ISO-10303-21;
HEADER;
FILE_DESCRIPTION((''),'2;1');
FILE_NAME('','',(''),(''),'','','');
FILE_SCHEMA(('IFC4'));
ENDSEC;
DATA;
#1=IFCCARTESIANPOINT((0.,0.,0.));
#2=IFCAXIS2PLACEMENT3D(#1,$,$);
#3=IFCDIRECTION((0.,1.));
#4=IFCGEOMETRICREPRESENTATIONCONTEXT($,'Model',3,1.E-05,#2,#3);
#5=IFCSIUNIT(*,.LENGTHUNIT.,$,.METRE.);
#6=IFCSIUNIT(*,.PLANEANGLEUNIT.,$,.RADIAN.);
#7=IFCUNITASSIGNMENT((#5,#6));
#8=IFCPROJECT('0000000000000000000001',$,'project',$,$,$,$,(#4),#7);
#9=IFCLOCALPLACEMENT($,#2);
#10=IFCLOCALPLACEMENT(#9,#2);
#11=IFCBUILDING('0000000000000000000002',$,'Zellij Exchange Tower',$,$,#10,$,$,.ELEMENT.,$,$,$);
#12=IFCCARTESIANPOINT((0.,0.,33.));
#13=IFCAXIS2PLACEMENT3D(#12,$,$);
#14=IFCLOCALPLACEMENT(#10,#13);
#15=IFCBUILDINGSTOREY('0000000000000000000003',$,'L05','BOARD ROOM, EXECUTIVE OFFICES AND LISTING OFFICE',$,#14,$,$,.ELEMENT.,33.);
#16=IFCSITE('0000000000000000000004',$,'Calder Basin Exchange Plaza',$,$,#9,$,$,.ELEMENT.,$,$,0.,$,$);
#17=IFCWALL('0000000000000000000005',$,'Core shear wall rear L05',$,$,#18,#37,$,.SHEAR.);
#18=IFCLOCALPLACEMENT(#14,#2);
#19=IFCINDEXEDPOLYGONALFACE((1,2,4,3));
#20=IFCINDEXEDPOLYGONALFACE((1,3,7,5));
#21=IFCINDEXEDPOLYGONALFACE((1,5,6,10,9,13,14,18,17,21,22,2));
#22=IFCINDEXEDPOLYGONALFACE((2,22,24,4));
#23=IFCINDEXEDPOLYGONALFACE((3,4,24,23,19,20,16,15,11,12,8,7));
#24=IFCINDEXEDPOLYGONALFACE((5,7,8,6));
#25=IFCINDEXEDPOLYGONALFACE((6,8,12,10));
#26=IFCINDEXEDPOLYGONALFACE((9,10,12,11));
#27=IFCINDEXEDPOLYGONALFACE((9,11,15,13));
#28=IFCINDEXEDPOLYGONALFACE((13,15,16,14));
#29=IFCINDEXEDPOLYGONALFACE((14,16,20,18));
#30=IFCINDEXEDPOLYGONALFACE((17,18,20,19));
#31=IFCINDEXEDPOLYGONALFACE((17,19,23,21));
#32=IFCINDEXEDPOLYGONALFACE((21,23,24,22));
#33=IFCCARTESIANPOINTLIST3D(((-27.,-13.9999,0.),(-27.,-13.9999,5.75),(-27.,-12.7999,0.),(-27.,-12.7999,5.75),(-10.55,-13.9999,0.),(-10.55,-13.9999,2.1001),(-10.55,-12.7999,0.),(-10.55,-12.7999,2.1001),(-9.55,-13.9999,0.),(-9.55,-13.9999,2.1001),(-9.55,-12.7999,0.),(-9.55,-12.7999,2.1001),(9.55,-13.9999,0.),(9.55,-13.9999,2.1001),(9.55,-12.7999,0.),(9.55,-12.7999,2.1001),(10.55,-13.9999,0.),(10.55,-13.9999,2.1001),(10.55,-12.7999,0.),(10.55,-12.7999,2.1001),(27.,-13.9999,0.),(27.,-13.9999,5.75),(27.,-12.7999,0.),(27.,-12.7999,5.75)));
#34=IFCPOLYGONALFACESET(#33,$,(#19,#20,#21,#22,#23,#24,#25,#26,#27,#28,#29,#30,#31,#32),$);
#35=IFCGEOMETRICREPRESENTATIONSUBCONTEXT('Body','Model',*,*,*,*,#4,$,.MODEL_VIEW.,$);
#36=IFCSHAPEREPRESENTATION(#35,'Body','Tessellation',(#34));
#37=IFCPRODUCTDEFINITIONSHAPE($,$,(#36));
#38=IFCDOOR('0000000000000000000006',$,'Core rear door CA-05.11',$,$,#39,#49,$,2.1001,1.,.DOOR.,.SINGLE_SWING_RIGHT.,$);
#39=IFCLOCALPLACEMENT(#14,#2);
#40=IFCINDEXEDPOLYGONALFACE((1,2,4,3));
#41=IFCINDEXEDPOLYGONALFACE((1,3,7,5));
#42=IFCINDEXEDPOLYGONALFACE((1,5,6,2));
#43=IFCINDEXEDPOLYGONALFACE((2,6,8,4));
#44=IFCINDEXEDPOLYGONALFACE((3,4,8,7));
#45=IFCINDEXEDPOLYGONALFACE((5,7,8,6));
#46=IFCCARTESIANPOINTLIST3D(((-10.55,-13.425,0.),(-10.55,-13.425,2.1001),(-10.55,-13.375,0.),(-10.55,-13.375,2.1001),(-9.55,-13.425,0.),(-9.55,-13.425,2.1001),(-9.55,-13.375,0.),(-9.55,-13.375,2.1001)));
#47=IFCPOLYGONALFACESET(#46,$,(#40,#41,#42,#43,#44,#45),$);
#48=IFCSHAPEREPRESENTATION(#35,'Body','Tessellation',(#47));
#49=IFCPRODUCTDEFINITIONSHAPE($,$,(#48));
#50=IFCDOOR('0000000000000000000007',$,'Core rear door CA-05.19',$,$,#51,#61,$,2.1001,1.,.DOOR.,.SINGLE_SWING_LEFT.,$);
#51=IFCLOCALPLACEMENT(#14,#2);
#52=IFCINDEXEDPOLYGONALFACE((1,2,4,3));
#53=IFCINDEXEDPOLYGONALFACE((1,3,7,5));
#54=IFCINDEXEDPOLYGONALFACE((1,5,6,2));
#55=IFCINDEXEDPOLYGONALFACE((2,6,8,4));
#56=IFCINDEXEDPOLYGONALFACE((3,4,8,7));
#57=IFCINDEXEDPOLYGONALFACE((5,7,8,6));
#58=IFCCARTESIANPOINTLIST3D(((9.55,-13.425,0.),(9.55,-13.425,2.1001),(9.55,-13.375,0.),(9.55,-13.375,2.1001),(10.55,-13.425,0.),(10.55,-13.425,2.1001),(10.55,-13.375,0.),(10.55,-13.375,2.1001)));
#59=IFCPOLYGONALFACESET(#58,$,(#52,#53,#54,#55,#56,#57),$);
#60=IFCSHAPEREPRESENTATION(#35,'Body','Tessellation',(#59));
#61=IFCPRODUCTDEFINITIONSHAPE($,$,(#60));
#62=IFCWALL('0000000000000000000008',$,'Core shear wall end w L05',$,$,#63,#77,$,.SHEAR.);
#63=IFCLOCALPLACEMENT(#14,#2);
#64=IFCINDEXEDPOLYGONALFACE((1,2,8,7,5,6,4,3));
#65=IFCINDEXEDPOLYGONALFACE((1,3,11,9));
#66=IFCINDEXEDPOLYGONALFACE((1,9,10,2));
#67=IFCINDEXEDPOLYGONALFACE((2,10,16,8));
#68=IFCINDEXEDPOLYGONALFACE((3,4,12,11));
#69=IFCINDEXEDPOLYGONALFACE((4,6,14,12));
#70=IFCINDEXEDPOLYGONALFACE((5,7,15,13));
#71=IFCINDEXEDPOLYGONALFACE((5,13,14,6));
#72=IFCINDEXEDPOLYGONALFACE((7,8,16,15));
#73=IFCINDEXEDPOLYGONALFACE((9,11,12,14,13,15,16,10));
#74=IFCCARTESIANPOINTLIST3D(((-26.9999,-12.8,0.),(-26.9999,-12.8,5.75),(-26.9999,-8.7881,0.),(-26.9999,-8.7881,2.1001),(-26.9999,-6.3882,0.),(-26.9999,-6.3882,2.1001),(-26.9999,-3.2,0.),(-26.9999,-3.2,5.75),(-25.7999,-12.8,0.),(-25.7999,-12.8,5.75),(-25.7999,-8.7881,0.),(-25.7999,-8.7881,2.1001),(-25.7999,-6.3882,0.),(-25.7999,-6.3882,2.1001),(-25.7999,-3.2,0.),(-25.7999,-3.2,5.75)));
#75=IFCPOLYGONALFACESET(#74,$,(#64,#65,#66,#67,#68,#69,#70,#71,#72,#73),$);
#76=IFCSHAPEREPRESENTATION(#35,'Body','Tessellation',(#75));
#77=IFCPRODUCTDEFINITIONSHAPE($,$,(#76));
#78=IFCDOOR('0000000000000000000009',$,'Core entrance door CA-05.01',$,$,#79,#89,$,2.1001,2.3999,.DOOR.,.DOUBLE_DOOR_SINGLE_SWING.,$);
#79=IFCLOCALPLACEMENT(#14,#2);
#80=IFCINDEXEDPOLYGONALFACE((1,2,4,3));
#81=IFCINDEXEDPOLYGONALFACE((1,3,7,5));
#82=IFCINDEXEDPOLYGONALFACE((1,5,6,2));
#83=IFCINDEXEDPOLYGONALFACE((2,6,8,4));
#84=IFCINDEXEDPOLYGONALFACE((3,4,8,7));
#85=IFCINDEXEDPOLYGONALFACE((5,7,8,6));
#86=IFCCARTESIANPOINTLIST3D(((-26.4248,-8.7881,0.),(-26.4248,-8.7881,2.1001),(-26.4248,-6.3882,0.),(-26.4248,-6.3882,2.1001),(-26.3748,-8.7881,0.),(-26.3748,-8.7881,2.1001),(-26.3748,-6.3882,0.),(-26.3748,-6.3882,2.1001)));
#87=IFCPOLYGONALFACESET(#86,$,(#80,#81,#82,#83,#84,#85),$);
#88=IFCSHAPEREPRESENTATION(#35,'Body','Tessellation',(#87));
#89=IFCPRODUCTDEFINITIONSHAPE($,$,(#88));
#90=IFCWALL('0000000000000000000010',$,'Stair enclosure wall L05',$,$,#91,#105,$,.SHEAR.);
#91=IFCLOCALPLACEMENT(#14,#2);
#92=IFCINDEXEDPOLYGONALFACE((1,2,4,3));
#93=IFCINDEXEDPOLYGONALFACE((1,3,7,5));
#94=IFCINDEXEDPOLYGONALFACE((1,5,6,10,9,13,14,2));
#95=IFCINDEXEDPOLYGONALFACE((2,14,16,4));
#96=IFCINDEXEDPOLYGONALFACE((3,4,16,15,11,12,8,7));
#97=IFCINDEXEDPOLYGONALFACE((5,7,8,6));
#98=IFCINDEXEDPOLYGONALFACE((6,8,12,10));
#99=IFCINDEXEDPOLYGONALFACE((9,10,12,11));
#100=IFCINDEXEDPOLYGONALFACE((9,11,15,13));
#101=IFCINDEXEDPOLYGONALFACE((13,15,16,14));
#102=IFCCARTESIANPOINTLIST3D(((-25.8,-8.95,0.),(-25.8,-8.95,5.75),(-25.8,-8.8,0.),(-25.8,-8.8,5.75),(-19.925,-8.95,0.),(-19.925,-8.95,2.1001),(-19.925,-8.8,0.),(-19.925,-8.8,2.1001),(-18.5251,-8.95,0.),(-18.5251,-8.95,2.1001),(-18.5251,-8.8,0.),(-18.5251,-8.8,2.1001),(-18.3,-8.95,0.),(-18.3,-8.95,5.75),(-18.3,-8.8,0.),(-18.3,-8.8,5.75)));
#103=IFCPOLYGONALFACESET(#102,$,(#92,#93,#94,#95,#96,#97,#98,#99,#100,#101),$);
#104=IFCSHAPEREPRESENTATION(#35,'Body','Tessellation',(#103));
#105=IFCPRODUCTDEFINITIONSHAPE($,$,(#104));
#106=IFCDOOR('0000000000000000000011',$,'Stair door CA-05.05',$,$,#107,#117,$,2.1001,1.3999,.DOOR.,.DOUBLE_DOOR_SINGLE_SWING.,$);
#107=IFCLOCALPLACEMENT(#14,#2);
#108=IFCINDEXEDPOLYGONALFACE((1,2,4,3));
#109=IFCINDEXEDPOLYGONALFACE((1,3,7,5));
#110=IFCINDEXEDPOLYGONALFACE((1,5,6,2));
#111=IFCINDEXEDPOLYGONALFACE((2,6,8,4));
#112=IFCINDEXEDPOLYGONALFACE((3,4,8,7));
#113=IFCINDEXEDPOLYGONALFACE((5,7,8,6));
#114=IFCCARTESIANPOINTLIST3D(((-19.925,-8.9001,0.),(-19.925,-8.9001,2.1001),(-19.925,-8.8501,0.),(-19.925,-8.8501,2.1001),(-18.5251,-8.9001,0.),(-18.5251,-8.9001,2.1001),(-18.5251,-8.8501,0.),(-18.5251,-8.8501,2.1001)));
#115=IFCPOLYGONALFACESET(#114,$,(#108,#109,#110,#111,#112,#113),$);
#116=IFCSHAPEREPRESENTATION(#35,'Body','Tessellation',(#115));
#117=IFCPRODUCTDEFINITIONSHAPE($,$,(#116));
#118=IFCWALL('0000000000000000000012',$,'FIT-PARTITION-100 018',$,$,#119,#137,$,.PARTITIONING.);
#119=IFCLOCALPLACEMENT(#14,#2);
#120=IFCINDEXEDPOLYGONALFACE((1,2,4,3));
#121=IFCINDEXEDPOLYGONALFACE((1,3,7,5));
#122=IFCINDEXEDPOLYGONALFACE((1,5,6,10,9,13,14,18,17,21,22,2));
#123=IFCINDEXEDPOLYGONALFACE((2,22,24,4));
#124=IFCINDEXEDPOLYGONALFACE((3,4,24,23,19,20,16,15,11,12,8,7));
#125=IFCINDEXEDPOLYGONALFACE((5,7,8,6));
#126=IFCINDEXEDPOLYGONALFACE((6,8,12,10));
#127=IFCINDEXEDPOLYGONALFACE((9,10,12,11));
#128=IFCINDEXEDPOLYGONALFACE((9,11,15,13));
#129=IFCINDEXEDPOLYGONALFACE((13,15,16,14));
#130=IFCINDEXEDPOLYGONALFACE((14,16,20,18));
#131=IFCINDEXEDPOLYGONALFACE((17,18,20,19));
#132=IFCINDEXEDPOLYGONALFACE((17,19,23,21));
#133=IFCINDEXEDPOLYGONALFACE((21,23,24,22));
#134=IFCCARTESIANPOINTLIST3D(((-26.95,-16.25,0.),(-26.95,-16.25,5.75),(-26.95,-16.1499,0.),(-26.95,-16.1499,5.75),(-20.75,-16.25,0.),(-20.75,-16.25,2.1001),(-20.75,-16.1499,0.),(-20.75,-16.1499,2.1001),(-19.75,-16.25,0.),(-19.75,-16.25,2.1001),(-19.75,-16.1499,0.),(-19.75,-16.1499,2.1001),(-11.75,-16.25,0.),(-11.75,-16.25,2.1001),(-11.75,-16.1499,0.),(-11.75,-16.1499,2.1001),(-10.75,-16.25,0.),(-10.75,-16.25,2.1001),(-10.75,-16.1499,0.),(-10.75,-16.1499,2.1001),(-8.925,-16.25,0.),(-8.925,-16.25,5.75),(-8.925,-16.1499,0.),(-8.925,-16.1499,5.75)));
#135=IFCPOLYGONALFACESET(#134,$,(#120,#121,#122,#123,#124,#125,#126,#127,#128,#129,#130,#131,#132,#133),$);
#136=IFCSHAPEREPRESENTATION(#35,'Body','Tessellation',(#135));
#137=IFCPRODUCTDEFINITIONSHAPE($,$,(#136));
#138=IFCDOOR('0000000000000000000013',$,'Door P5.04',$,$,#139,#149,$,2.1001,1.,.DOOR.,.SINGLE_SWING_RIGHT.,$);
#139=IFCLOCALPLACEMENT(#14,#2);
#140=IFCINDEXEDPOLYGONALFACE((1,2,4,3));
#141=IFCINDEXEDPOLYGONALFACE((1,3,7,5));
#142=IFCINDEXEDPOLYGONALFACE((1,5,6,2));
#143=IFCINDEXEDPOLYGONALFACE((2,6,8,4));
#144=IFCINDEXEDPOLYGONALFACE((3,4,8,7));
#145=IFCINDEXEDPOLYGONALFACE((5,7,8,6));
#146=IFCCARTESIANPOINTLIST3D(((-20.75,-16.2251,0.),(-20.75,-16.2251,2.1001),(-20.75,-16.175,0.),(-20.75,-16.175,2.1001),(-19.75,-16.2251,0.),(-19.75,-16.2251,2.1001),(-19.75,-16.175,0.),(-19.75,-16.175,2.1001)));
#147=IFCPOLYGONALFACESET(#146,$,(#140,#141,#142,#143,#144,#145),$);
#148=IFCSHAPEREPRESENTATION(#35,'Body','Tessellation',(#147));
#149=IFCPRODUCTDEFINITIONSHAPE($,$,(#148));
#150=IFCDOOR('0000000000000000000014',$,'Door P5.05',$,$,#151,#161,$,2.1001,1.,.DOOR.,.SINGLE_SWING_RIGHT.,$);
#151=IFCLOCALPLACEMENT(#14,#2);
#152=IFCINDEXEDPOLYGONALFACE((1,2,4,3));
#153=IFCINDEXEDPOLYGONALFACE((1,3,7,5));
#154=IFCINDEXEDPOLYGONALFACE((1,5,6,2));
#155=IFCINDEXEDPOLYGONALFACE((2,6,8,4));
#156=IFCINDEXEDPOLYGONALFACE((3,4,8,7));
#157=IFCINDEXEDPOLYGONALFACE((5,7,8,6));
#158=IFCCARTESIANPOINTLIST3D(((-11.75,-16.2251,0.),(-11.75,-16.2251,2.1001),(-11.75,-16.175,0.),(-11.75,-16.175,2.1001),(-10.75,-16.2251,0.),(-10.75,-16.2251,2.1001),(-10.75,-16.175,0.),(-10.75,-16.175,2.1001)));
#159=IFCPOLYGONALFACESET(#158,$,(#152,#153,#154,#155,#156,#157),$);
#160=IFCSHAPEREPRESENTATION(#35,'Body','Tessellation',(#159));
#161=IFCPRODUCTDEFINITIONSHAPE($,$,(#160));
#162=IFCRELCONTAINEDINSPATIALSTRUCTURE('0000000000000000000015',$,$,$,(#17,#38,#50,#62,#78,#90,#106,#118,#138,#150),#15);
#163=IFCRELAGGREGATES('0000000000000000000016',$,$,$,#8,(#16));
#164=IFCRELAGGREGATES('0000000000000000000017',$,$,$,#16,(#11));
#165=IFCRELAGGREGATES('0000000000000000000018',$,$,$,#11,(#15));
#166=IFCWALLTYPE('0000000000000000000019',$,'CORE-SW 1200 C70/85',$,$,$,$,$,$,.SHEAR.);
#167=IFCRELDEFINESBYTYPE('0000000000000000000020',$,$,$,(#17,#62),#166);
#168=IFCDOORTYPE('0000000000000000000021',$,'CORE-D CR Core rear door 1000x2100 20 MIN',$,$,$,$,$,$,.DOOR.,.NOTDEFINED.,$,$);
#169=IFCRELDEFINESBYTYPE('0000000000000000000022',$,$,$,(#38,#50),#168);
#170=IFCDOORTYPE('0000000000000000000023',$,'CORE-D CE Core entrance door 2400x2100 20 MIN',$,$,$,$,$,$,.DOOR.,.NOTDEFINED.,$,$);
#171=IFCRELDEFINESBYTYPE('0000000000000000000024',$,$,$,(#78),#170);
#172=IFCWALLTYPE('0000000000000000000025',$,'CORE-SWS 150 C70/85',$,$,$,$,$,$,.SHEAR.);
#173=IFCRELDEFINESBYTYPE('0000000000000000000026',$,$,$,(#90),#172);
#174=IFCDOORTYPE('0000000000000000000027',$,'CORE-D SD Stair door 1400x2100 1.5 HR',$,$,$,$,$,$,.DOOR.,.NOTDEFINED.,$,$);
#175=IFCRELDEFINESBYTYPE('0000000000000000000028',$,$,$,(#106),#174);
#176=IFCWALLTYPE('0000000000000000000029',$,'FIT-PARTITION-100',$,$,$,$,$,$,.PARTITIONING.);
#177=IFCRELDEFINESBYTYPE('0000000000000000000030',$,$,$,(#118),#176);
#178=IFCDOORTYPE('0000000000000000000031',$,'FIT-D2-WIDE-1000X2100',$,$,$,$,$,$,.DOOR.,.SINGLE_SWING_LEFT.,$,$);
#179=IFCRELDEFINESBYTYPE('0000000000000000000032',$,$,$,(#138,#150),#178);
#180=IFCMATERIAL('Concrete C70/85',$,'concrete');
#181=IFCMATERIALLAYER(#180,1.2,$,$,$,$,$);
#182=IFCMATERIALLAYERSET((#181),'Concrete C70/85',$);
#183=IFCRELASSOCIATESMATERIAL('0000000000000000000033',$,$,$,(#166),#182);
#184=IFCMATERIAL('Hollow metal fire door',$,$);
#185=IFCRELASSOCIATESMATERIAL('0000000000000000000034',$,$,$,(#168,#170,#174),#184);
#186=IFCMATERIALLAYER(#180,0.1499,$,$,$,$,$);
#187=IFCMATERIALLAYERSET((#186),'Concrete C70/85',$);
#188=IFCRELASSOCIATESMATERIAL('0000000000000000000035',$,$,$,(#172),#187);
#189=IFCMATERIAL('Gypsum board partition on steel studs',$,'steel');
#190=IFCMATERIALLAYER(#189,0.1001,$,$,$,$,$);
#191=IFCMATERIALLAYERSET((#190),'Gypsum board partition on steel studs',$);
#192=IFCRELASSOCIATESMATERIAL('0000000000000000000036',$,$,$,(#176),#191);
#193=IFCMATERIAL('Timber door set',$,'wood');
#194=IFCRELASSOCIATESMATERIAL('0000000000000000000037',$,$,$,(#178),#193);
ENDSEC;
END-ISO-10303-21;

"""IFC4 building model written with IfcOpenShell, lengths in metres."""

from ifc_helpers import new_model, si_unit, direction, frame, frame_2d, origin, place, context, subcontext, project, spatial, rectangle, extrude, material, layer, layer_set, type_object, element, fill, save


model = new_model("IFC4")

# Units and contexts
model_context = context("Model", 3, precision=1e-05, world=origin(), true_north=direction((0.0, 1.0)))
body_context = subcontext(model_context, "Body", "Model", "MODEL_VIEW")
ifc_project = project(units=[si_unit("LENGTHUNIT", "METRE"), si_unit("PLANEANGLEUNIT", "RADIAN")], contexts=[model_context])

# Site, building, storey
site_placement = place(None, origin())
site = spatial("IfcSite", under=ifc_project, at=site_placement, Name="Calder Basin Exchange Plaza", CompositionType="ELEMENT", RefElevation=0.0)
building_placement = place(site_placement, origin())
building = spatial("IfcBuilding", under=site, at=building_placement, Name="Zellij Exchange Tower", CompositionType="ELEMENT")
storey_placement = place(building_placement, frame((0.0, 0.0, 33.0)))
storey = spatial("IfcBuildingStorey", under=building, at=storey_placement, Name="L05", Description="BOARD ROOM, EXECUTIVE OFFICES AND LISTING OFFICE", CompositionType="ELEMENT", Elevation=33.0)

# Shared definitions
ifc_material_1 = material(Name="Concrete C70/85", Category="concrete")

# Wall, openings, doors
ifc_material_2 = material(Name="Hollow metal fire door")
ifc_layer_1 = layer(ifc_material_1, 1.2)
ifc_layer_set_1 = layer_set([ifc_layer_1], Name="Concrete C70/85")
wall_type_1 = type_object("IfcWallType", Name="CORE-SW 1200 C70/85", PredefinedType="SHEAR", material=ifc_layer_set_1)
wall_1_placement = place(storey_placement, frame((-27.0, -13.3999, 0.0), z_axis=(0.0, 0.0, 1.0), x_axis=(1.0, 0.0, 0.0)))
wall_1 = element("IfcWall", 1, at=wall_1_placement, inside=storey, type_object=wall_type_1, Name="Core shear wall rear L05", PredefinedType="SHEAR", context=body_context, shape_type="SweptSolid", body=[
    extrude(rectangle(XDim=54.0, YDim=1.2, at=frame_2d((27.0, 0.0))), origin(), (0.0, 0.0, 1.0), 5.75),
])
opening_1_placement = place(wall_1_placement, frame((16.45, 0.0, 0.0)))
opening_1 = element("IfcOpeningElement", 2, at=opening_1_placement, cuts=wall_1, PredefinedType="OPENING", context=body_context, shape_type="SweptSolid", body=[
    extrude(rectangle(XDim=1.0, YDim=2.1001, at=frame_2d((0.5, 1.05))), frame((0.0, 0.6118, 0.0), z_axis=(0.0, -1.0, 0.0), x_axis=(1.0, 0.0, 0.0)), (0.0, 0.0, 1.0), 1.2239),
])
opening_2_placement = place(wall_1_placement, frame((36.55, 0.0, 0.0)))
opening_2 = element("IfcOpeningElement", 3, at=opening_2_placement, cuts=wall_1, PredefinedType="OPENING", context=body_context, shape_type="SweptSolid", body=[
    extrude(rectangle(XDim=1.0, YDim=2.1001, at=frame_2d((0.5, 1.05))), frame((0.0, 0.6118, 0.0), z_axis=(0.0, -1.0, 0.0), x_axis=(1.0, 0.0, 0.0)), (0.0, 0.0, 1.0), 1.2239),
])
door_type_1 = type_object("IfcDoorType", Name="CORE-D CR Core rear door 1000x2100 20 MIN", OperationType="NOTDEFINED", PredefinedType="DOOR", material=ifc_material_2)
door_1_placement = place(opening_1_placement, origin())
door_1 = element("IfcDoor", 4, at=door_1_placement, inside=storey, type_object=door_type_1, Name="Core rear door CA-05.11", OperationType="SINGLE_SWING_RIGHT", OverallHeight=2.1001, OverallWidth=1.0, PredefinedType="DOOR", context=body_context, shape_type="SweptSolid", body=[
    extrude(rectangle(XDim=1.0, YDim=2.1001, at=frame_2d((0.5, 1.05))), frame((0.0, 0.0249, 0.0), z_axis=(0.0, -1.0, 0.0), x_axis=(1.0, 0.0, 0.0)), (0.0, 0.0, 1.0), 0.05),
])
fill(opening_1, door_1)
door_2_placement = place(opening_2_placement, origin())
door_2 = element("IfcDoor", 5, at=door_2_placement, inside=storey, type_object=door_type_1, Name="Core rear door CA-05.19", OperationType="SINGLE_SWING_LEFT", OverallHeight=2.1001, OverallWidth=1.0, PredefinedType="DOOR", context=body_context, shape_type="SweptSolid", body=[
    extrude(rectangle(XDim=1.0, YDim=2.1001, at=frame_2d((0.5, 1.05))), frame((0.0, 0.0249, 0.0), z_axis=(0.0, -1.0, 0.0), x_axis=(1.0, 0.0, 0.0)), (0.0, 0.0, 1.0), 0.05),
])
fill(opening_2, door_2)

# Walls, openings, doors
wall_2_placement = place(storey_placement, frame((-26.3999, -12.8, 0.0), z_axis=(0.0, 0.0, 1.0), x_axis=(0.0, 1.0, 0.0)))
wall_2 = element("IfcWall", 6, at=wall_2_placement, inside=storey, type_object=wall_type_1, Name="Core shear wall end w L05", PredefinedType="SHEAR", context=body_context, shape_type="SweptSolid", body=[
    extrude(rectangle(XDim=9.6001, YDim=1.2, at=frame_2d((4.8, 0.0))), origin(), (0.0, 0.0, 1.0), 5.75),
])
opening_3_placement = place(wall_2_placement, frame((4.012, 0.0, 0.0)))
opening_3 = element("IfcOpeningElement", 7, at=opening_3_placement, cuts=wall_2, PredefinedType="OPENING", context=body_context, shape_type="SweptSolid", body=[
    extrude(rectangle(XDim=2.3999, YDim=2.1001, at=frame_2d((1.2, 1.05))), frame((0.0, 0.6118, 0.0), z_axis=(0.0, -1.0, 0.0), x_axis=(1.0, 0.0, 0.0)), (0.0, 0.0, 1.0), 1.2239),
])
door_type_2 = type_object("IfcDoorType", Name="CORE-D CE Core entrance door 2400x2100 20 MIN", OperationType="NOTDEFINED", PredefinedType="DOOR", material=ifc_material_2)
door_3_placement = place(opening_3_placement, origin())
door_3 = element("IfcDoor", 8, at=door_3_placement, inside=storey, type_object=door_type_2, Name="Core entrance door CA-05.01", OperationType="DOUBLE_DOOR_SINGLE_SWING", OverallHeight=2.1001, OverallWidth=2.3999, PredefinedType="DOOR", context=body_context, shape_type="SweptSolid", body=[
    extrude(rectangle(XDim=2.3999, YDim=2.1001, at=frame_2d((1.2, 1.05))), frame((0.0, 0.0249, 0.0), z_axis=(0.0, -1.0, 0.0), x_axis=(1.0, 0.0, 0.0)), (0.0, 0.0, 1.0), 0.05),
])
fill(opening_3, door_3)
ifc_layer_2 = layer(ifc_material_1, 0.1499)
ifc_layer_set_2 = layer_set([ifc_layer_2], Name="Concrete C70/85")
wall_type_2 = type_object("IfcWallType", Name="CORE-SWS 150 C70/85", PredefinedType="SHEAR", material=ifc_layer_set_2)
wall_3_placement = place(storey_placement, frame((-25.8, -8.875, 0.0), z_axis=(0.0, 0.0, 1.0), x_axis=(1.0, 0.0, 0.0)))
wall_3 = element("IfcWall", 9, at=wall_3_placement, inside=storey, type_object=wall_type_2, Name="Stair enclosure wall L05", PredefinedType="SHEAR", context=body_context, shape_type="SweptSolid", body=[
    extrude(rectangle(XDim=7.5, YDim=0.1499, at=frame_2d((3.75, 0.0))), origin(), (0.0, 0.0, 1.0), 5.75),
])
opening_4_placement = place(wall_3_placement, frame((5.875, 0.0, 0.0)))
opening_4 = element("IfcOpeningElement", 10, at=opening_4_placement, cuts=wall_3, PredefinedType="OPENING", context=body_context, shape_type="SweptSolid", body=[
    extrude(rectangle(XDim=1.3999, YDim=2.1001, at=frame_2d((0.7, 1.05))), frame((0.0, 0.0869, 0.0), z_axis=(0.0, -1.0, 0.0), x_axis=(1.0, 0.0, 0.0)), (0.0, 0.0, 1.0), 0.1738),
])
door_type_3 = type_object("IfcDoorType", Name="CORE-D SD Stair door 1400x2100 1.5 HR", OperationType="NOTDEFINED", PredefinedType="DOOR", material=ifc_material_2)
door_4_placement = place(opening_4_placement, origin())
door_4 = element("IfcDoor", 11, at=door_4_placement, inside=storey, type_object=door_type_3, Name="Stair door CA-05.05", OperationType="DOUBLE_DOOR_SINGLE_SWING", OverallHeight=2.1001, OverallWidth=1.3999, PredefinedType="DOOR", context=body_context, shape_type="SweptSolid", body=[
    extrude(rectangle(XDim=1.3999, YDim=2.1001, at=frame_2d((0.7, 1.05))), frame((0.0, 0.0249, 0.0), z_axis=(0.0, -1.0, 0.0), x_axis=(1.0, 0.0, 0.0)), (0.0, 0.0, 1.0), 0.05),
])
fill(opening_4, door_4)

# Wall, openings, doors
ifc_material_3 = material(Name="Gypsum board partition on steel studs", Category="steel")
ifc_layer_3 = layer(ifc_material_3, 0.1001)
ifc_layer_set_3 = layer_set([ifc_layer_3], Name="Gypsum board partition on steel studs")
wall_type_3 = type_object("IfcWallType", Name="FIT-PARTITION-100", PredefinedType="PARTITIONING", material=ifc_layer_set_3)
wall_4_placement = place(storey_placement, frame((-26.95, -16.2, 0.0), z_axis=(0.0, 0.0, 1.0), x_axis=(1.0, 0.0, 0.0)))
wall_4 = element("IfcWall", 12, at=wall_4_placement, inside=storey, type_object=wall_type_3, Name="FIT-PARTITION-100 018", PredefinedType="PARTITIONING", context=body_context, shape_type="SweptSolid", body=[
    extrude(rectangle(XDim=18.0249, YDim=0.1001, at=frame_2d((9.0125, 0.0))), origin(), (0.0, 0.0, 1.0), 5.75),
])
opening_5_placement = place(wall_4_placement, frame((6.2, 0.0, 0.0)))
opening_5 = element("IfcOpeningElement", 13, at=opening_5_placement, cuts=wall_4, PredefinedType="OPENING", context=body_context, shape_type="SweptSolid", body=[
    extrude(rectangle(XDim=1.0, YDim=2.1001, at=frame_2d((0.5, 1.05))), frame((0.0, 0.062, 0.0), z_axis=(0.0, -1.0, 0.0), x_axis=(1.0, 0.0, 0.0)), (0.0, 0.0, 1.0), 0.124),
])
opening_6_placement = place(wall_4_placement, frame((15.2, 0.0, 0.0)))
opening_6 = element("IfcOpeningElement", 14, at=opening_6_placement, cuts=wall_4, PredefinedType="OPENING", context=body_context, shape_type="SweptSolid", body=[
    extrude(rectangle(XDim=1.0, YDim=2.1001, at=frame_2d((0.5, 1.05))), frame((0.0, 0.062, 0.0), z_axis=(0.0, -1.0, 0.0), x_axis=(1.0, 0.0, 0.0)), (0.0, 0.0, 1.0), 0.124),
])
ifc_material_4 = material(Name="Timber door set", Category="wood")
door_type_4 = type_object("IfcDoorType", Name="FIT-D2-WIDE-1000X2100", OperationType="SINGLE_SWING_LEFT", PredefinedType="DOOR", material=ifc_material_4)
door_5_placement = place(opening_5_placement, origin())
door_5 = element("IfcDoor", 15, at=door_5_placement, inside=storey, type_object=door_type_4, Name="Door P5.04", OperationType="SINGLE_SWING_RIGHT", OverallHeight=2.1001, OverallWidth=1.0, PredefinedType="DOOR", context=body_context, shape_type="SweptSolid", body=[
    extrude(rectangle(XDim=1.0, YDim=2.1001, at=frame_2d((0.5, 1.05))), frame((0.0, 0.0249, 0.0), z_axis=(0.0, -1.0, 0.0), x_axis=(1.0, 0.0, 0.0)), (0.0, 0.0, 1.0), 0.05),
])
fill(opening_5, door_5)
door_6_placement = place(opening_6_placement, origin())
door_6 = element("IfcDoor", 16, at=door_6_placement, inside=storey, type_object=door_type_4, Name="Door P5.05", OperationType="SINGLE_SWING_RIGHT", OverallHeight=2.1001, OverallWidth=1.0, PredefinedType="DOOR", context=body_context, shape_type="SweptSolid", body=[
    extrude(rectangle(XDim=1.0, YDim=2.1001, at=frame_2d((0.5, 1.05))), frame((0.0, 0.0249, 0.0), z_axis=(0.0, -1.0, 0.0), x_axis=(1.0, 0.0, 0.0)), (0.0, 0.0, 1.0), 0.05),
])
fill(opening_6, door_6)

save(model, "model.ifc")
